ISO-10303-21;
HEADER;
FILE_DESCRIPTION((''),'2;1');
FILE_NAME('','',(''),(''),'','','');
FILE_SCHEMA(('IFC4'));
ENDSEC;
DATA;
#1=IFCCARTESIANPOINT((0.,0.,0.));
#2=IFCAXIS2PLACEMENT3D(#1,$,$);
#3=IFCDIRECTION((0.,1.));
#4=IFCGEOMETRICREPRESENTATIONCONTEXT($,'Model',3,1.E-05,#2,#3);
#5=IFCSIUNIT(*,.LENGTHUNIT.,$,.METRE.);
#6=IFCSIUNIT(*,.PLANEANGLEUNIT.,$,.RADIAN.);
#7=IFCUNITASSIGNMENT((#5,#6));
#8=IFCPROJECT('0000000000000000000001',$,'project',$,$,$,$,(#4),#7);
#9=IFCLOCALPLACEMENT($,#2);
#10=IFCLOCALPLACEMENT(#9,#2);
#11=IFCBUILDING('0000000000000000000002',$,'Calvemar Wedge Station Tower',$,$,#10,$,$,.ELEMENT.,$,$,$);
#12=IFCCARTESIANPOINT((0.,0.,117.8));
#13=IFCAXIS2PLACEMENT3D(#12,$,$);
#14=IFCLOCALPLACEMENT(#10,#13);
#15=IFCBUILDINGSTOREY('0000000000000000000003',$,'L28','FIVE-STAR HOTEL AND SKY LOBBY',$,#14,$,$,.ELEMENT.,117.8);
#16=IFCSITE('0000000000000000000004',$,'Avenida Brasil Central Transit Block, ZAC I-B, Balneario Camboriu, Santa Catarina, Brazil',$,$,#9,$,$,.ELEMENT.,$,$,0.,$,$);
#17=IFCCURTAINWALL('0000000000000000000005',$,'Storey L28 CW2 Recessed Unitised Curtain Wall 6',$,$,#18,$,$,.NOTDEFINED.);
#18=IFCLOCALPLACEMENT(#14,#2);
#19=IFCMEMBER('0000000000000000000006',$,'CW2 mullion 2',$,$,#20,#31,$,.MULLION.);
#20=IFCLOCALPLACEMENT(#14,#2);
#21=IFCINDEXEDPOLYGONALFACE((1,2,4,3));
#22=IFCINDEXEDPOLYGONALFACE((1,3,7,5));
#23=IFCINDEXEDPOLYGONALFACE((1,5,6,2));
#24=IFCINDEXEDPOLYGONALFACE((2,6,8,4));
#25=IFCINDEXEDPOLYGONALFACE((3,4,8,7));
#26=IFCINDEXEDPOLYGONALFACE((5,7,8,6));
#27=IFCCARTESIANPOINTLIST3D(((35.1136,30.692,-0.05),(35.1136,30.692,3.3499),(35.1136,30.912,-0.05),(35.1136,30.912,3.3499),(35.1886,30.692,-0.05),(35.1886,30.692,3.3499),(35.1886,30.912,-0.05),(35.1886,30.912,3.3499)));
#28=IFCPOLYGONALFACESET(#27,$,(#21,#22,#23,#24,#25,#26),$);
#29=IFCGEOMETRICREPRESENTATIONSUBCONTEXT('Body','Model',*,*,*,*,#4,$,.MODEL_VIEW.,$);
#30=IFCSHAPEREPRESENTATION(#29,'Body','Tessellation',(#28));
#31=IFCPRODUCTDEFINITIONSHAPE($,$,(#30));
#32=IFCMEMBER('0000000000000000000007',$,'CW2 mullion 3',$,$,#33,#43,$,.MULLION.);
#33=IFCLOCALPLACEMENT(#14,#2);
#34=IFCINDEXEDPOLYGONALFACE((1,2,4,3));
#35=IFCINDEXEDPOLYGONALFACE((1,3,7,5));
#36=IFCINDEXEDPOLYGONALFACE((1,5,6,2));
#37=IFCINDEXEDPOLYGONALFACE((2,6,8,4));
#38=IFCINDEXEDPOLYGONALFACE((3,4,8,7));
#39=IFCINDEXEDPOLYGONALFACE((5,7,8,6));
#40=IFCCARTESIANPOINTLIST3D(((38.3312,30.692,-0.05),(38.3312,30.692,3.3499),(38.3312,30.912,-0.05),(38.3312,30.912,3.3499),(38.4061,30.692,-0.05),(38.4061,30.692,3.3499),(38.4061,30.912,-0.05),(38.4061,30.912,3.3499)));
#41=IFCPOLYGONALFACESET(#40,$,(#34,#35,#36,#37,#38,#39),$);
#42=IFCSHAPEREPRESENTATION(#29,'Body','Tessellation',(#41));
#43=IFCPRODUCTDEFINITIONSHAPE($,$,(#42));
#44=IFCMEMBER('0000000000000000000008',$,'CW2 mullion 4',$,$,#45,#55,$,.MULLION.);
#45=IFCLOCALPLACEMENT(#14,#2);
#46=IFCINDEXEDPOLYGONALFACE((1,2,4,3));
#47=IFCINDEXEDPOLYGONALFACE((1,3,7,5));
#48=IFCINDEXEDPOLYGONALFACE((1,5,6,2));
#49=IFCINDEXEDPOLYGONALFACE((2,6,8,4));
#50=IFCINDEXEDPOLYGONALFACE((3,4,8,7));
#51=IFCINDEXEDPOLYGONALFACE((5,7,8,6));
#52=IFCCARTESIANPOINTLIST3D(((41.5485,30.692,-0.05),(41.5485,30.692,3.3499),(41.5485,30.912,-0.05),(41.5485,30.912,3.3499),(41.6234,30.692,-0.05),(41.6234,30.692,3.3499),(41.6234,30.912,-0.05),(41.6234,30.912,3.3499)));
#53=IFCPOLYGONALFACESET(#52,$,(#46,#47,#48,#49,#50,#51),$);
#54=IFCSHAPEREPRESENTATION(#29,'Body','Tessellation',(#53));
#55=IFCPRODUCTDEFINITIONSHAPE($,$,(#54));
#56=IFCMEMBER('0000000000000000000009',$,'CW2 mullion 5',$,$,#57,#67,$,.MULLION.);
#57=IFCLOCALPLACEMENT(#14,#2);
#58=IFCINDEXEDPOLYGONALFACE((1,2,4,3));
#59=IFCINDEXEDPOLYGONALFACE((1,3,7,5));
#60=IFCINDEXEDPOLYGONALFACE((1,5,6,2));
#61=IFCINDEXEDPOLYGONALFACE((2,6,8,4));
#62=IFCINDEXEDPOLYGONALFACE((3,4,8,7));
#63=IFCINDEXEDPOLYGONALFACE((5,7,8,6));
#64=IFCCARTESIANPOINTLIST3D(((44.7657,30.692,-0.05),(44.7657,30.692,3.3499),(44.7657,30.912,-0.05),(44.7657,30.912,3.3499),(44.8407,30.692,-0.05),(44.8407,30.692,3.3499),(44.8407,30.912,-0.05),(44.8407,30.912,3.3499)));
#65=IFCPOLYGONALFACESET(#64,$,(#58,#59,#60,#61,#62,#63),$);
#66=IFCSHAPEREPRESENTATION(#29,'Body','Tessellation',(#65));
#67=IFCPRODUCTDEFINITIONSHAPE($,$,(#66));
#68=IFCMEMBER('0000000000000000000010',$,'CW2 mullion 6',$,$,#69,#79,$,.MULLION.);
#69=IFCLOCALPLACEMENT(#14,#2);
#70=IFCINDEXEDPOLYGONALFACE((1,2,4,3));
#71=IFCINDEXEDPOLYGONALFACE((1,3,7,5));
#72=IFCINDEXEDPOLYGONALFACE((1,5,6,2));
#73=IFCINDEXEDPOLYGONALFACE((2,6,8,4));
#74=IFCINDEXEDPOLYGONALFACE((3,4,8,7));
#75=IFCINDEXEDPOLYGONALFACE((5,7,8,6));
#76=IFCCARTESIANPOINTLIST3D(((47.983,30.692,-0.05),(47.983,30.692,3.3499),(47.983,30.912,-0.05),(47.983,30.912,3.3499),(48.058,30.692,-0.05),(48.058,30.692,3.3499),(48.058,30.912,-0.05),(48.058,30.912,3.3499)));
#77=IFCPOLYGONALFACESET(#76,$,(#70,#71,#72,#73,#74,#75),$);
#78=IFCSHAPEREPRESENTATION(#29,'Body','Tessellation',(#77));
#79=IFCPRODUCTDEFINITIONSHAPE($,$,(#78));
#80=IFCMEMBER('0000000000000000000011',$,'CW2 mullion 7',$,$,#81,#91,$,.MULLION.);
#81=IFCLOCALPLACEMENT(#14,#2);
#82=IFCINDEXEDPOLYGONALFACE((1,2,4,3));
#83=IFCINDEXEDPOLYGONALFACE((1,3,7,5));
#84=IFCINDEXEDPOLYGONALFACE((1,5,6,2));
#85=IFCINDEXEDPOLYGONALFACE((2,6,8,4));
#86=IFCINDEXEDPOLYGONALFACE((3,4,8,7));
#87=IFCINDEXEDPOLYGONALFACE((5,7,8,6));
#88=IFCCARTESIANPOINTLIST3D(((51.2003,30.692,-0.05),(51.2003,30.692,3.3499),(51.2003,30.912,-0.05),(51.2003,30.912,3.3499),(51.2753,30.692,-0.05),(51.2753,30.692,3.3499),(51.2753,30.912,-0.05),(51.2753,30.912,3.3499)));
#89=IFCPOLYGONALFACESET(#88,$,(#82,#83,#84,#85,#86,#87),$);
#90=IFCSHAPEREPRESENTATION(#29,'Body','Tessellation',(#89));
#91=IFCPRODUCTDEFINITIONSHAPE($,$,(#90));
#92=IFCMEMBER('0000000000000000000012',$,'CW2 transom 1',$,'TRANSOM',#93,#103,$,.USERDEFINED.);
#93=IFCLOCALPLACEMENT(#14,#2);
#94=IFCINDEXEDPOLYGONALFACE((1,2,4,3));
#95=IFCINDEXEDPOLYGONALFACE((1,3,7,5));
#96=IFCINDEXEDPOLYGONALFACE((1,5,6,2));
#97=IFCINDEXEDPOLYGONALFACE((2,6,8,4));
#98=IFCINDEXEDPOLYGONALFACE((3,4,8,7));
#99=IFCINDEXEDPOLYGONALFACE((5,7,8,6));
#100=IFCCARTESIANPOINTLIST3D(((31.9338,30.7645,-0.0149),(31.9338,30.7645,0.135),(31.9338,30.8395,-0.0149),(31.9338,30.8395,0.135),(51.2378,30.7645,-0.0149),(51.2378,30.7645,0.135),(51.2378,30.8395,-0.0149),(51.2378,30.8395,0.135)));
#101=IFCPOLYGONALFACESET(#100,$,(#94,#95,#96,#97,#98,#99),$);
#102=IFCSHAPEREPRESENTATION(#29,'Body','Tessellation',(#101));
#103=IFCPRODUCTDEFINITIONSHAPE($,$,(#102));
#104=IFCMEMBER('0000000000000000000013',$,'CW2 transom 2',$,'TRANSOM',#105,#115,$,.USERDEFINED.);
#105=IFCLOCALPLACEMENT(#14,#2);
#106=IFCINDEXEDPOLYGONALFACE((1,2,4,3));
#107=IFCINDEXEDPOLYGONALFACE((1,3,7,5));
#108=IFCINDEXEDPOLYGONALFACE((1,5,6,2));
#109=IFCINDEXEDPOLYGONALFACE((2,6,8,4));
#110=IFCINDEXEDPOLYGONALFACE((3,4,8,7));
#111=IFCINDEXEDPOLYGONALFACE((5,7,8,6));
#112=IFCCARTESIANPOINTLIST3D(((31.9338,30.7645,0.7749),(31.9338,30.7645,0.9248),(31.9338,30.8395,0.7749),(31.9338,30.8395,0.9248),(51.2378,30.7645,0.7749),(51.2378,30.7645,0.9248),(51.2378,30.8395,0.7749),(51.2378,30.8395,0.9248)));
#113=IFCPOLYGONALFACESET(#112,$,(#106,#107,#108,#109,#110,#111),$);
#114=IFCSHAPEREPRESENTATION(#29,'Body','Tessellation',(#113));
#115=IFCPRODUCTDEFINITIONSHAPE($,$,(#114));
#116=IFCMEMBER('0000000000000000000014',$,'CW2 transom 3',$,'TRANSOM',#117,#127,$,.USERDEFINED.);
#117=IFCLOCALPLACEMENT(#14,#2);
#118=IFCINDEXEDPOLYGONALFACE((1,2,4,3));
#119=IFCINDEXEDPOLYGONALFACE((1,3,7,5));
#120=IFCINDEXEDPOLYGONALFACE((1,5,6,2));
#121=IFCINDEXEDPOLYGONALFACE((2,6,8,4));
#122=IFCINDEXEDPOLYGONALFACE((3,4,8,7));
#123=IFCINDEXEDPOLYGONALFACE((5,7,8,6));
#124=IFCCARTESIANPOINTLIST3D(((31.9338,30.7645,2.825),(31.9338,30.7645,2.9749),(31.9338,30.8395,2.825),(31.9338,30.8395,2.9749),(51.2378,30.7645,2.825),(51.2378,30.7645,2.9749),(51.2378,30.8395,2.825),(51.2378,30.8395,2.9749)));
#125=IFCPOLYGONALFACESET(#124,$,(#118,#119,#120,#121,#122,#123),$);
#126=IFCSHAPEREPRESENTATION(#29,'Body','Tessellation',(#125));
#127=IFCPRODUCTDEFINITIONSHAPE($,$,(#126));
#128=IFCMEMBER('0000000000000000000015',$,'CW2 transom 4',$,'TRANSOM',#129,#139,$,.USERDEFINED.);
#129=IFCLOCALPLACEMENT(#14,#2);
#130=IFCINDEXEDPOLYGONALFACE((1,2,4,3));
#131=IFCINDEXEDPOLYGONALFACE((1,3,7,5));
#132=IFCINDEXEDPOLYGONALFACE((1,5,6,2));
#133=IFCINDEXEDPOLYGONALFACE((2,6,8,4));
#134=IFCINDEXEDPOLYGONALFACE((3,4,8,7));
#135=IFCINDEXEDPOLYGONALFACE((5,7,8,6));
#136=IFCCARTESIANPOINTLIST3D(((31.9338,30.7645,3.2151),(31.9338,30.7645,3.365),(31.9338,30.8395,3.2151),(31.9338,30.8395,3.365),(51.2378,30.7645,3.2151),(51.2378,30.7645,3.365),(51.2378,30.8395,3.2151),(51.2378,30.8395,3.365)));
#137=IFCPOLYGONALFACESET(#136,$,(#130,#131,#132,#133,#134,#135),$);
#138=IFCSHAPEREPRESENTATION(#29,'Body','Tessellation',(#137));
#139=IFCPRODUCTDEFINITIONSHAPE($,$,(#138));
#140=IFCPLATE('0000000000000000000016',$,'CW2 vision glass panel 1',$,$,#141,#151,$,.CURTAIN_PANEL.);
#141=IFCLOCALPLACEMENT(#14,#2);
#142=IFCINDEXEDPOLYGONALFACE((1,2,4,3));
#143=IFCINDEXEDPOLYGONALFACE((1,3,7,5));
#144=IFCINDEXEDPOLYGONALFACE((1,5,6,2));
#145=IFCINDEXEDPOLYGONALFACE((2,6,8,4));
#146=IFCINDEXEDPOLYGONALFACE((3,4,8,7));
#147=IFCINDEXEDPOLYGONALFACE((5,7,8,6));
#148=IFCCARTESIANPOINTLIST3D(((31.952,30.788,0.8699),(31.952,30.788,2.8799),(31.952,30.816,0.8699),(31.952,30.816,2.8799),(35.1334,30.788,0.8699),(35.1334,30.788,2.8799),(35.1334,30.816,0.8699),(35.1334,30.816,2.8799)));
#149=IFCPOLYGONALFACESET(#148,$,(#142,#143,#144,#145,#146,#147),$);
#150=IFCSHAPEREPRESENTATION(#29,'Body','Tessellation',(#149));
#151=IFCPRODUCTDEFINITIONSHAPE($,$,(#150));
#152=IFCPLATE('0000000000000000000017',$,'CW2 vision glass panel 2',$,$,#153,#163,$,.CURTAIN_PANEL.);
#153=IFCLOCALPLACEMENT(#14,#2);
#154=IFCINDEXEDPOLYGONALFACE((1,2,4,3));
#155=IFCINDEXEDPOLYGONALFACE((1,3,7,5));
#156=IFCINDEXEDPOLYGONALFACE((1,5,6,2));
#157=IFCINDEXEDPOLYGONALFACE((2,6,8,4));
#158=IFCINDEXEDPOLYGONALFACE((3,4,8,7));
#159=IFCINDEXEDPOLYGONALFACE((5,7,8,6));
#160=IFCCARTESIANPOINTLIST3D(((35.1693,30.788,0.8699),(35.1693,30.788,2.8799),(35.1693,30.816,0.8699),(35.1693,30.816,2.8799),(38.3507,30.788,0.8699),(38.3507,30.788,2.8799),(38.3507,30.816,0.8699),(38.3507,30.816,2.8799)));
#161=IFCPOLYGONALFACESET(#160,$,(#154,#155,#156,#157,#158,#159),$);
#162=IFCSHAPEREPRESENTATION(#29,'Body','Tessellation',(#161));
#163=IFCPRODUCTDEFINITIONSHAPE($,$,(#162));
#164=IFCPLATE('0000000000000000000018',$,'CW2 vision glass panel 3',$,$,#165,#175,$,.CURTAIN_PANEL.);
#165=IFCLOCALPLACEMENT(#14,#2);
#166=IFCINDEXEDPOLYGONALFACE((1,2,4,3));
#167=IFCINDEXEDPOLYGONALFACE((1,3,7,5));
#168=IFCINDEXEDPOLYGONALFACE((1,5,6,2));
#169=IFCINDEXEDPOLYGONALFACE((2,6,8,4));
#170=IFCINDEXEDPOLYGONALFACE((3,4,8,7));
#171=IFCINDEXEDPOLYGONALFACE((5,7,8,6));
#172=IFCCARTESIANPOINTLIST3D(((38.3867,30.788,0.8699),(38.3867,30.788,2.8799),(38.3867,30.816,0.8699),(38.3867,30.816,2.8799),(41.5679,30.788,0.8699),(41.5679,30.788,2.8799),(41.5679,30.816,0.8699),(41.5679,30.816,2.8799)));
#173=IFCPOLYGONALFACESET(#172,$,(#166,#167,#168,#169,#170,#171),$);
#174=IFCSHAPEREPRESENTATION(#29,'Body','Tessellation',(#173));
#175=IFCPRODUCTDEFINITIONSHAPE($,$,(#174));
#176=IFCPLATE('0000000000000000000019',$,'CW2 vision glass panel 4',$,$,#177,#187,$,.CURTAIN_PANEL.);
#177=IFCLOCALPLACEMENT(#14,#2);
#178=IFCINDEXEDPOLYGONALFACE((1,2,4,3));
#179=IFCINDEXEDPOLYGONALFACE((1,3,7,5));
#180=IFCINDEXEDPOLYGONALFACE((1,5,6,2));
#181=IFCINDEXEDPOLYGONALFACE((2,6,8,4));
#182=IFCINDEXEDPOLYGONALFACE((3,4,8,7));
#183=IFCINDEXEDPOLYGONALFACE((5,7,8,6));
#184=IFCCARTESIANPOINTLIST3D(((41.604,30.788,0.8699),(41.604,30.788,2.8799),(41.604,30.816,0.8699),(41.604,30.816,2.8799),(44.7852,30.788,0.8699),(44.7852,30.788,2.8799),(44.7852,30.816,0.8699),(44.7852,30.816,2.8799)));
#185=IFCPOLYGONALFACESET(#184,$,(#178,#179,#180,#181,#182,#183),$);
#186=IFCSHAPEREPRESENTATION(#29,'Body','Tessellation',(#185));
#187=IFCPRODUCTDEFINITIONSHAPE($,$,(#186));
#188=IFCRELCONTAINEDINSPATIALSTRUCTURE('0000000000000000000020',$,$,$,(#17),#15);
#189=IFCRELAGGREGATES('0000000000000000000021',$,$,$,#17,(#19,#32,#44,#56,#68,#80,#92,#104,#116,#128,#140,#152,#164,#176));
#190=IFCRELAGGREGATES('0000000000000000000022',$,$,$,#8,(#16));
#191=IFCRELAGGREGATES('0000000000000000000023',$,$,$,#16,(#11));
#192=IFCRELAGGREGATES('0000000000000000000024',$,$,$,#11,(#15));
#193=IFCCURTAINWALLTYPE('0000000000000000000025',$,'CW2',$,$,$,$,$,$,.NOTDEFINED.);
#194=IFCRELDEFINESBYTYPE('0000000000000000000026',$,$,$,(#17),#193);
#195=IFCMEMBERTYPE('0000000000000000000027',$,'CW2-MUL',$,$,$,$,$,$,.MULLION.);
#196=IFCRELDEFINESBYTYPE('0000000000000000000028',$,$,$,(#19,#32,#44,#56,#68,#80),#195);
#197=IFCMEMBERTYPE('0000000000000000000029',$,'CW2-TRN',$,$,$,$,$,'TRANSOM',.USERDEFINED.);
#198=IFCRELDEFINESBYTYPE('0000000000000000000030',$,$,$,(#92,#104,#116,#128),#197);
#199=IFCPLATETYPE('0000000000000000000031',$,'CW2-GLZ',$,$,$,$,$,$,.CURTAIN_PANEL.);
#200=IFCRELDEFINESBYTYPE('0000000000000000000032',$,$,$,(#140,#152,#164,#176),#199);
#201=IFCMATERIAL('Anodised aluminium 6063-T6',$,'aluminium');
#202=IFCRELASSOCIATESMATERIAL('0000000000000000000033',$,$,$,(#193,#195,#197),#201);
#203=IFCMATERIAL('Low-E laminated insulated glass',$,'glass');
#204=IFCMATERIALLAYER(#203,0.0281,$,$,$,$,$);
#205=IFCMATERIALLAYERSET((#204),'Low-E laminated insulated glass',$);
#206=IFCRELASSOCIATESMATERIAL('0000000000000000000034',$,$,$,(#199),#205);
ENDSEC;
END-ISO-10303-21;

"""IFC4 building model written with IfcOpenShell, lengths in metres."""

from ifc_helpers import new_model, si_unit, direction, frame, frame_2d, origin, origin_2d, place, context, subcontext, project, spatial, rectangle, extrude, source, transform, mapped, material, layer, layer_set, material_profile, profile_set, type_object, element, aggregate, save


model = new_model("IFC4")

# Units and contexts
model_context = context("Model", 3, precision=1e-05, world=origin(), true_north=direction((0.0, 1.0)))
body_context = subcontext(model_context, "Body", "Model", "MODEL_VIEW")
ifc_project = project(units=[si_unit("LENGTHUNIT", "METRE"), si_unit("PLANEANGLEUNIT", "RADIAN")], contexts=[model_context])

# Site, building, storey
site_placement = place(None, origin())
site = spatial("IfcSite", under=ifc_project, at=site_placement, Name="Avenida Brasil Central Transit Block, ZAC I-B, Balneario Camboriu, Santa Catarina, Brazil", CompositionType="ELEMENT", RefElevation=0.0)
building_placement = place(site_placement, origin())
building = spatial("IfcBuilding", under=site, at=building_placement, Name="Calvemar Wedge Station Tower", CompositionType="ELEMENT")
storey_placement = place(building_placement, frame((0.0, 0.0, 117.8)))
storey = spatial("IfcBuildingStorey", under=building, at=storey_placement, Name="L28", Description="FIVE-STAR HOTEL AND SKY LOBBY", CompositionType="ELEMENT", Elevation=117.8)

# Curtain wall, members, plates
ifc_material_1 = material(Name="Anodised aluminium 6063-T6", Category="aluminium")
curtain_wall_type = type_object("IfcCurtainWallType", Name="CW2", PredefinedType="NOTDEFINED", material=ifc_material_1)
curtain_wall_placement = place(storey_placement, origin())
curtain_wall = element("IfcCurtainWall", 1, at=curtain_wall_placement, inside=storey, type_object=curtain_wall_type, Name="Storey L28 CW2 Recessed Unitised Curtain Wall 6", PredefinedType="NOTDEFINED")
ifc_material_profile_1 = material_profile(ifc_material_1, rectangle(XDim=0.075, YDim=0.22, at=origin_2d()), Name="AL-MUL-75x220")
ifc_profile_set_1 = profile_set([ifc_material_profile_1], Name="Anodised aluminium 6063-T6")
member_type_1 = type_object("IfcMemberType", Name="CW2-MUL", PredefinedType="MULLION", material=ifc_profile_set_1)
shared_shape_1 = source(origin(), body_context, "Body", "SweptSolid", [
    extrude(rectangle(XDim=0.075, YDim=0.22, at=origin_2d()), origin(), (0.0, 0.0, 1.0), 3.3999),
])
member_1_placement = place(storey_placement, frame((35.1511, 30.802, -0.05), z_axis=(0.0, 0.0, 1.0), x_axis=(1.0, 0.0, 0.0)))
member_1 = element("IfcMember", 2, at=member_1_placement, type_object=member_type_1, Name="CW2 mullion 2", PredefinedType="MULLION", context=body_context, shape_type="MappedRepresentation", body=[
    mapped(shared_shape_1, transform((0.0, 0.0, 0.0), scale=1.0)),
])
member_2_placement = place(storey_placement, frame((38.3687, 30.802, -0.05), z_axis=(0.0, 0.0, 1.0), x_axis=(1.0, 0.0, 0.0)))
member_2 = element("IfcMember", 3, at=member_2_placement, type_object=member_type_1, Name="CW2 mullion 3", PredefinedType="MULLION", context=body_context, shape_type="MappedRepresentation", body=[
    mapped(shared_shape_1, transform((0.0, 0.0, 0.0), scale=1.0)),
])
member_3_placement = place(storey_placement, frame((41.5859, 30.802, -0.05), z_axis=(0.0, 0.0, 1.0), x_axis=(1.0, 0.0, 0.0)))
member_3 = element("IfcMember", 4, at=member_3_placement, type_object=member_type_1, Name="CW2 mullion 4", PredefinedType="MULLION", context=body_context, shape_type="MappedRepresentation", body=[
    mapped(shared_shape_1, transform((0.0, 0.0, 0.0), scale=1.0)),
])
member_4_placement = place(storey_placement, frame((44.8032, 30.802, -0.05), z_axis=(0.0, 0.0, 1.0), x_axis=(1.0, 0.0, 0.0)))
member_4 = element("IfcMember", 5, at=member_4_placement, type_object=member_type_1, Name="CW2 mullion 5", PredefinedType="MULLION", context=body_context, shape_type="MappedRepresentation", body=[
    mapped(shared_shape_1, transform((0.0, 0.0, 0.0), scale=1.0)),
])
member_5_placement = place(storey_placement, frame((48.0205, 30.802, -0.05), z_axis=(0.0, 0.0, 1.0), x_axis=(1.0, 0.0, 0.0)))
member_5 = element("IfcMember", 6, at=member_5_placement, type_object=member_type_1, Name="CW2 mullion 6", PredefinedType="MULLION", context=body_context, shape_type="MappedRepresentation", body=[
    mapped(shared_shape_1, transform((0.0, 0.0, 0.0), scale=1.0)),
])
member_6_placement = place(storey_placement, frame((51.2378, 30.802, -0.05), z_axis=(0.0, 0.0, 1.0), x_axis=(1.0, 0.0, 0.0)))
member_6 = element("IfcMember", 7, at=member_6_placement, type_object=member_type_1, Name="CW2 mullion 7", PredefinedType="MULLION", context=body_context, shape_type="MappedRepresentation", body=[
    mapped(shared_shape_1, transform((0.0, 0.0, 0.0), scale=1.0)),
])
ifc_material_profile_2 = material_profile(ifc_material_1, rectangle(XDim=0.075, YDim=0.1499, at=origin_2d()), Name="AL-TRN-75x150")
ifc_profile_set_2 = profile_set([ifc_material_profile_2], Name="Anodised aluminium 6063-T6")
member_type_2 = type_object("IfcMemberType", Name="CW2-TRN", ElementType="TRANSOM", PredefinedType="USERDEFINED", material=ifc_profile_set_2)
shared_shape_2 = source(origin(), body_context, "Body", "SweptSolid", [
    extrude(rectangle(XDim=0.075, YDim=0.1499, at=origin_2d()), origin(), (0.0, 0.0, 1.0), 19.304),
])
member_7_placement = place(storey_placement, frame((31.9338, 30.802, 0.0601), z_axis=(1.0, 0.0, 0.0), x_axis=(0.0, 1.0, 0.0)))
member_7 = element("IfcMember", 8, at=member_7_placement, type_object=member_type_2, Name="CW2 transom 1", ObjectType="TRANSOM", PredefinedType="USERDEFINED", context=body_context, shape_type="MappedRepresentation", body=[
    mapped(shared_shape_2, transform((0.0, 0.0, 0.0), scale=1.0)),
])
member_8_placement = place(storey_placement, frame((31.9338, 30.802, 0.8499), z_axis=(1.0, 0.0, 0.0), x_axis=(0.0, 1.0, 0.0)))
member_8 = element("IfcMember", 9, at=member_8_placement, type_object=member_type_2, Name="CW2 transom 2", ObjectType="TRANSOM", PredefinedType="USERDEFINED", context=body_context, shape_type="MappedRepresentation", body=[
    mapped(shared_shape_2, transform((0.0, 0.0, 0.0), scale=1.0)),
])
member_9_placement = place(storey_placement, frame((31.9338, 30.802, 2.8999), z_axis=(1.0, 0.0, 0.0), x_axis=(0.0, 1.0, 0.0)))
member_9 = element("IfcMember", 10, at=member_9_placement, type_object=member_type_2, Name="CW2 transom 3", ObjectType="TRANSOM", PredefinedType="USERDEFINED", context=body_context, shape_type="MappedRepresentation", body=[
    mapped(shared_shape_2, transform((0.0, 0.0, 0.0), scale=1.0)),
])
member_10_placement = place(storey_placement, frame((31.9338, 30.802, 3.29), z_axis=(1.0, 0.0, 0.0), x_axis=(0.0, 1.0, 0.0)))
member_10 = element("IfcMember", 11, at=member_10_placement, type_object=member_type_2, Name="CW2 transom 4", ObjectType="TRANSOM", PredefinedType="USERDEFINED", context=body_context, shape_type="MappedRepresentation", body=[
    mapped(shared_shape_2, transform((0.0, 0.0, 0.0), scale=1.0)),
])
ifc_material_2 = material(Name="Low-E laminated insulated glass", Category="glass")
ifc_layer_1 = layer(ifc_material_2, 0.0281)
ifc_layer_set_1 = layer_set([ifc_layer_1], Name="Low-E laminated insulated glass")
plate_type_1 = type_object("IfcPlateType", Name="CW2-GLZ", PredefinedType="CURTAIN_PANEL", material=ifc_layer_set_1)
plate_1_placement = place(storey_placement, frame((31.9519, 30.802, 0.8699), z_axis=(0.0, 0.0, 1.0), x_axis=(1.0, 0.0, 0.0)))
plate_1 = element("IfcPlate", 12, at=plate_1_placement, type_object=plate_type_1, Name="CW2 vision glass panel 1", PredefinedType="CURTAIN_PANEL", context=body_context, shape_type="SweptSolid", body=[
    extrude(rectangle(XDim=3.1814, YDim=0.0281, at=frame_2d((1.5908, 0.0))), origin(), (0.0, 0.0, 1.0), 2.01),
])
plate_2_placement = place(storey_placement, frame((35.1692, 30.802, 0.8699), z_axis=(0.0, 0.0, 1.0), x_axis=(1.0, 0.0, 0.0)))
plate_2 = element("IfcPlate", 13, at=plate_2_placement, type_object=plate_type_1, Name="CW2 vision glass panel 2", PredefinedType="CURTAIN_PANEL", context=body_context, shape_type="SweptSolid", body=[
    extrude(rectangle(XDim=3.1814, YDim=0.0281, at=frame_2d((1.5908, 0.0))), origin(), (0.0, 0.0, 1.0), 2.01),
])
plate_3_placement = place(storey_placement, frame((38.3867, 30.802, 0.8699), z_axis=(0.0, 0.0, 1.0), x_axis=(1.0, 0.0, 0.0)))
plate_3 = element("IfcPlate", 14, at=plate_3_placement, type_object=plate_type_1, Name="CW2 vision glass panel 3", PredefinedType="CURTAIN_PANEL", context=body_context, shape_type="SweptSolid", body=[
    extrude(rectangle(XDim=3.1812, YDim=0.0281, at=frame_2d((1.5906, 0.0))), origin(), (0.0, 0.0, 1.0), 2.01),
])
plate_4_placement = place(storey_placement, frame((41.604, 30.802, 0.8699), z_axis=(0.0, 0.0, 1.0), x_axis=(1.0, 0.0, 0.0)))
plate_4 = element("IfcPlate", 15, at=plate_4_placement, type_object=plate_type_1, Name="CW2 vision glass panel 4", PredefinedType="CURTAIN_PANEL", context=body_context, shape_type="SweptSolid", body=[
    extrude(rectangle(XDim=3.1812, YDim=0.0281, at=frame_2d((1.5906, 0.0))), origin(), (0.0, 0.0, 1.0), 2.01),
])
aggregate(curtain_wall, [member_1, member_2, member_3, member_4, member_5, member_6, member_7, member_8, member_9, member_10, plate_1, plate_2, plate_3, plate_4])

save(model, "model.ifc")
